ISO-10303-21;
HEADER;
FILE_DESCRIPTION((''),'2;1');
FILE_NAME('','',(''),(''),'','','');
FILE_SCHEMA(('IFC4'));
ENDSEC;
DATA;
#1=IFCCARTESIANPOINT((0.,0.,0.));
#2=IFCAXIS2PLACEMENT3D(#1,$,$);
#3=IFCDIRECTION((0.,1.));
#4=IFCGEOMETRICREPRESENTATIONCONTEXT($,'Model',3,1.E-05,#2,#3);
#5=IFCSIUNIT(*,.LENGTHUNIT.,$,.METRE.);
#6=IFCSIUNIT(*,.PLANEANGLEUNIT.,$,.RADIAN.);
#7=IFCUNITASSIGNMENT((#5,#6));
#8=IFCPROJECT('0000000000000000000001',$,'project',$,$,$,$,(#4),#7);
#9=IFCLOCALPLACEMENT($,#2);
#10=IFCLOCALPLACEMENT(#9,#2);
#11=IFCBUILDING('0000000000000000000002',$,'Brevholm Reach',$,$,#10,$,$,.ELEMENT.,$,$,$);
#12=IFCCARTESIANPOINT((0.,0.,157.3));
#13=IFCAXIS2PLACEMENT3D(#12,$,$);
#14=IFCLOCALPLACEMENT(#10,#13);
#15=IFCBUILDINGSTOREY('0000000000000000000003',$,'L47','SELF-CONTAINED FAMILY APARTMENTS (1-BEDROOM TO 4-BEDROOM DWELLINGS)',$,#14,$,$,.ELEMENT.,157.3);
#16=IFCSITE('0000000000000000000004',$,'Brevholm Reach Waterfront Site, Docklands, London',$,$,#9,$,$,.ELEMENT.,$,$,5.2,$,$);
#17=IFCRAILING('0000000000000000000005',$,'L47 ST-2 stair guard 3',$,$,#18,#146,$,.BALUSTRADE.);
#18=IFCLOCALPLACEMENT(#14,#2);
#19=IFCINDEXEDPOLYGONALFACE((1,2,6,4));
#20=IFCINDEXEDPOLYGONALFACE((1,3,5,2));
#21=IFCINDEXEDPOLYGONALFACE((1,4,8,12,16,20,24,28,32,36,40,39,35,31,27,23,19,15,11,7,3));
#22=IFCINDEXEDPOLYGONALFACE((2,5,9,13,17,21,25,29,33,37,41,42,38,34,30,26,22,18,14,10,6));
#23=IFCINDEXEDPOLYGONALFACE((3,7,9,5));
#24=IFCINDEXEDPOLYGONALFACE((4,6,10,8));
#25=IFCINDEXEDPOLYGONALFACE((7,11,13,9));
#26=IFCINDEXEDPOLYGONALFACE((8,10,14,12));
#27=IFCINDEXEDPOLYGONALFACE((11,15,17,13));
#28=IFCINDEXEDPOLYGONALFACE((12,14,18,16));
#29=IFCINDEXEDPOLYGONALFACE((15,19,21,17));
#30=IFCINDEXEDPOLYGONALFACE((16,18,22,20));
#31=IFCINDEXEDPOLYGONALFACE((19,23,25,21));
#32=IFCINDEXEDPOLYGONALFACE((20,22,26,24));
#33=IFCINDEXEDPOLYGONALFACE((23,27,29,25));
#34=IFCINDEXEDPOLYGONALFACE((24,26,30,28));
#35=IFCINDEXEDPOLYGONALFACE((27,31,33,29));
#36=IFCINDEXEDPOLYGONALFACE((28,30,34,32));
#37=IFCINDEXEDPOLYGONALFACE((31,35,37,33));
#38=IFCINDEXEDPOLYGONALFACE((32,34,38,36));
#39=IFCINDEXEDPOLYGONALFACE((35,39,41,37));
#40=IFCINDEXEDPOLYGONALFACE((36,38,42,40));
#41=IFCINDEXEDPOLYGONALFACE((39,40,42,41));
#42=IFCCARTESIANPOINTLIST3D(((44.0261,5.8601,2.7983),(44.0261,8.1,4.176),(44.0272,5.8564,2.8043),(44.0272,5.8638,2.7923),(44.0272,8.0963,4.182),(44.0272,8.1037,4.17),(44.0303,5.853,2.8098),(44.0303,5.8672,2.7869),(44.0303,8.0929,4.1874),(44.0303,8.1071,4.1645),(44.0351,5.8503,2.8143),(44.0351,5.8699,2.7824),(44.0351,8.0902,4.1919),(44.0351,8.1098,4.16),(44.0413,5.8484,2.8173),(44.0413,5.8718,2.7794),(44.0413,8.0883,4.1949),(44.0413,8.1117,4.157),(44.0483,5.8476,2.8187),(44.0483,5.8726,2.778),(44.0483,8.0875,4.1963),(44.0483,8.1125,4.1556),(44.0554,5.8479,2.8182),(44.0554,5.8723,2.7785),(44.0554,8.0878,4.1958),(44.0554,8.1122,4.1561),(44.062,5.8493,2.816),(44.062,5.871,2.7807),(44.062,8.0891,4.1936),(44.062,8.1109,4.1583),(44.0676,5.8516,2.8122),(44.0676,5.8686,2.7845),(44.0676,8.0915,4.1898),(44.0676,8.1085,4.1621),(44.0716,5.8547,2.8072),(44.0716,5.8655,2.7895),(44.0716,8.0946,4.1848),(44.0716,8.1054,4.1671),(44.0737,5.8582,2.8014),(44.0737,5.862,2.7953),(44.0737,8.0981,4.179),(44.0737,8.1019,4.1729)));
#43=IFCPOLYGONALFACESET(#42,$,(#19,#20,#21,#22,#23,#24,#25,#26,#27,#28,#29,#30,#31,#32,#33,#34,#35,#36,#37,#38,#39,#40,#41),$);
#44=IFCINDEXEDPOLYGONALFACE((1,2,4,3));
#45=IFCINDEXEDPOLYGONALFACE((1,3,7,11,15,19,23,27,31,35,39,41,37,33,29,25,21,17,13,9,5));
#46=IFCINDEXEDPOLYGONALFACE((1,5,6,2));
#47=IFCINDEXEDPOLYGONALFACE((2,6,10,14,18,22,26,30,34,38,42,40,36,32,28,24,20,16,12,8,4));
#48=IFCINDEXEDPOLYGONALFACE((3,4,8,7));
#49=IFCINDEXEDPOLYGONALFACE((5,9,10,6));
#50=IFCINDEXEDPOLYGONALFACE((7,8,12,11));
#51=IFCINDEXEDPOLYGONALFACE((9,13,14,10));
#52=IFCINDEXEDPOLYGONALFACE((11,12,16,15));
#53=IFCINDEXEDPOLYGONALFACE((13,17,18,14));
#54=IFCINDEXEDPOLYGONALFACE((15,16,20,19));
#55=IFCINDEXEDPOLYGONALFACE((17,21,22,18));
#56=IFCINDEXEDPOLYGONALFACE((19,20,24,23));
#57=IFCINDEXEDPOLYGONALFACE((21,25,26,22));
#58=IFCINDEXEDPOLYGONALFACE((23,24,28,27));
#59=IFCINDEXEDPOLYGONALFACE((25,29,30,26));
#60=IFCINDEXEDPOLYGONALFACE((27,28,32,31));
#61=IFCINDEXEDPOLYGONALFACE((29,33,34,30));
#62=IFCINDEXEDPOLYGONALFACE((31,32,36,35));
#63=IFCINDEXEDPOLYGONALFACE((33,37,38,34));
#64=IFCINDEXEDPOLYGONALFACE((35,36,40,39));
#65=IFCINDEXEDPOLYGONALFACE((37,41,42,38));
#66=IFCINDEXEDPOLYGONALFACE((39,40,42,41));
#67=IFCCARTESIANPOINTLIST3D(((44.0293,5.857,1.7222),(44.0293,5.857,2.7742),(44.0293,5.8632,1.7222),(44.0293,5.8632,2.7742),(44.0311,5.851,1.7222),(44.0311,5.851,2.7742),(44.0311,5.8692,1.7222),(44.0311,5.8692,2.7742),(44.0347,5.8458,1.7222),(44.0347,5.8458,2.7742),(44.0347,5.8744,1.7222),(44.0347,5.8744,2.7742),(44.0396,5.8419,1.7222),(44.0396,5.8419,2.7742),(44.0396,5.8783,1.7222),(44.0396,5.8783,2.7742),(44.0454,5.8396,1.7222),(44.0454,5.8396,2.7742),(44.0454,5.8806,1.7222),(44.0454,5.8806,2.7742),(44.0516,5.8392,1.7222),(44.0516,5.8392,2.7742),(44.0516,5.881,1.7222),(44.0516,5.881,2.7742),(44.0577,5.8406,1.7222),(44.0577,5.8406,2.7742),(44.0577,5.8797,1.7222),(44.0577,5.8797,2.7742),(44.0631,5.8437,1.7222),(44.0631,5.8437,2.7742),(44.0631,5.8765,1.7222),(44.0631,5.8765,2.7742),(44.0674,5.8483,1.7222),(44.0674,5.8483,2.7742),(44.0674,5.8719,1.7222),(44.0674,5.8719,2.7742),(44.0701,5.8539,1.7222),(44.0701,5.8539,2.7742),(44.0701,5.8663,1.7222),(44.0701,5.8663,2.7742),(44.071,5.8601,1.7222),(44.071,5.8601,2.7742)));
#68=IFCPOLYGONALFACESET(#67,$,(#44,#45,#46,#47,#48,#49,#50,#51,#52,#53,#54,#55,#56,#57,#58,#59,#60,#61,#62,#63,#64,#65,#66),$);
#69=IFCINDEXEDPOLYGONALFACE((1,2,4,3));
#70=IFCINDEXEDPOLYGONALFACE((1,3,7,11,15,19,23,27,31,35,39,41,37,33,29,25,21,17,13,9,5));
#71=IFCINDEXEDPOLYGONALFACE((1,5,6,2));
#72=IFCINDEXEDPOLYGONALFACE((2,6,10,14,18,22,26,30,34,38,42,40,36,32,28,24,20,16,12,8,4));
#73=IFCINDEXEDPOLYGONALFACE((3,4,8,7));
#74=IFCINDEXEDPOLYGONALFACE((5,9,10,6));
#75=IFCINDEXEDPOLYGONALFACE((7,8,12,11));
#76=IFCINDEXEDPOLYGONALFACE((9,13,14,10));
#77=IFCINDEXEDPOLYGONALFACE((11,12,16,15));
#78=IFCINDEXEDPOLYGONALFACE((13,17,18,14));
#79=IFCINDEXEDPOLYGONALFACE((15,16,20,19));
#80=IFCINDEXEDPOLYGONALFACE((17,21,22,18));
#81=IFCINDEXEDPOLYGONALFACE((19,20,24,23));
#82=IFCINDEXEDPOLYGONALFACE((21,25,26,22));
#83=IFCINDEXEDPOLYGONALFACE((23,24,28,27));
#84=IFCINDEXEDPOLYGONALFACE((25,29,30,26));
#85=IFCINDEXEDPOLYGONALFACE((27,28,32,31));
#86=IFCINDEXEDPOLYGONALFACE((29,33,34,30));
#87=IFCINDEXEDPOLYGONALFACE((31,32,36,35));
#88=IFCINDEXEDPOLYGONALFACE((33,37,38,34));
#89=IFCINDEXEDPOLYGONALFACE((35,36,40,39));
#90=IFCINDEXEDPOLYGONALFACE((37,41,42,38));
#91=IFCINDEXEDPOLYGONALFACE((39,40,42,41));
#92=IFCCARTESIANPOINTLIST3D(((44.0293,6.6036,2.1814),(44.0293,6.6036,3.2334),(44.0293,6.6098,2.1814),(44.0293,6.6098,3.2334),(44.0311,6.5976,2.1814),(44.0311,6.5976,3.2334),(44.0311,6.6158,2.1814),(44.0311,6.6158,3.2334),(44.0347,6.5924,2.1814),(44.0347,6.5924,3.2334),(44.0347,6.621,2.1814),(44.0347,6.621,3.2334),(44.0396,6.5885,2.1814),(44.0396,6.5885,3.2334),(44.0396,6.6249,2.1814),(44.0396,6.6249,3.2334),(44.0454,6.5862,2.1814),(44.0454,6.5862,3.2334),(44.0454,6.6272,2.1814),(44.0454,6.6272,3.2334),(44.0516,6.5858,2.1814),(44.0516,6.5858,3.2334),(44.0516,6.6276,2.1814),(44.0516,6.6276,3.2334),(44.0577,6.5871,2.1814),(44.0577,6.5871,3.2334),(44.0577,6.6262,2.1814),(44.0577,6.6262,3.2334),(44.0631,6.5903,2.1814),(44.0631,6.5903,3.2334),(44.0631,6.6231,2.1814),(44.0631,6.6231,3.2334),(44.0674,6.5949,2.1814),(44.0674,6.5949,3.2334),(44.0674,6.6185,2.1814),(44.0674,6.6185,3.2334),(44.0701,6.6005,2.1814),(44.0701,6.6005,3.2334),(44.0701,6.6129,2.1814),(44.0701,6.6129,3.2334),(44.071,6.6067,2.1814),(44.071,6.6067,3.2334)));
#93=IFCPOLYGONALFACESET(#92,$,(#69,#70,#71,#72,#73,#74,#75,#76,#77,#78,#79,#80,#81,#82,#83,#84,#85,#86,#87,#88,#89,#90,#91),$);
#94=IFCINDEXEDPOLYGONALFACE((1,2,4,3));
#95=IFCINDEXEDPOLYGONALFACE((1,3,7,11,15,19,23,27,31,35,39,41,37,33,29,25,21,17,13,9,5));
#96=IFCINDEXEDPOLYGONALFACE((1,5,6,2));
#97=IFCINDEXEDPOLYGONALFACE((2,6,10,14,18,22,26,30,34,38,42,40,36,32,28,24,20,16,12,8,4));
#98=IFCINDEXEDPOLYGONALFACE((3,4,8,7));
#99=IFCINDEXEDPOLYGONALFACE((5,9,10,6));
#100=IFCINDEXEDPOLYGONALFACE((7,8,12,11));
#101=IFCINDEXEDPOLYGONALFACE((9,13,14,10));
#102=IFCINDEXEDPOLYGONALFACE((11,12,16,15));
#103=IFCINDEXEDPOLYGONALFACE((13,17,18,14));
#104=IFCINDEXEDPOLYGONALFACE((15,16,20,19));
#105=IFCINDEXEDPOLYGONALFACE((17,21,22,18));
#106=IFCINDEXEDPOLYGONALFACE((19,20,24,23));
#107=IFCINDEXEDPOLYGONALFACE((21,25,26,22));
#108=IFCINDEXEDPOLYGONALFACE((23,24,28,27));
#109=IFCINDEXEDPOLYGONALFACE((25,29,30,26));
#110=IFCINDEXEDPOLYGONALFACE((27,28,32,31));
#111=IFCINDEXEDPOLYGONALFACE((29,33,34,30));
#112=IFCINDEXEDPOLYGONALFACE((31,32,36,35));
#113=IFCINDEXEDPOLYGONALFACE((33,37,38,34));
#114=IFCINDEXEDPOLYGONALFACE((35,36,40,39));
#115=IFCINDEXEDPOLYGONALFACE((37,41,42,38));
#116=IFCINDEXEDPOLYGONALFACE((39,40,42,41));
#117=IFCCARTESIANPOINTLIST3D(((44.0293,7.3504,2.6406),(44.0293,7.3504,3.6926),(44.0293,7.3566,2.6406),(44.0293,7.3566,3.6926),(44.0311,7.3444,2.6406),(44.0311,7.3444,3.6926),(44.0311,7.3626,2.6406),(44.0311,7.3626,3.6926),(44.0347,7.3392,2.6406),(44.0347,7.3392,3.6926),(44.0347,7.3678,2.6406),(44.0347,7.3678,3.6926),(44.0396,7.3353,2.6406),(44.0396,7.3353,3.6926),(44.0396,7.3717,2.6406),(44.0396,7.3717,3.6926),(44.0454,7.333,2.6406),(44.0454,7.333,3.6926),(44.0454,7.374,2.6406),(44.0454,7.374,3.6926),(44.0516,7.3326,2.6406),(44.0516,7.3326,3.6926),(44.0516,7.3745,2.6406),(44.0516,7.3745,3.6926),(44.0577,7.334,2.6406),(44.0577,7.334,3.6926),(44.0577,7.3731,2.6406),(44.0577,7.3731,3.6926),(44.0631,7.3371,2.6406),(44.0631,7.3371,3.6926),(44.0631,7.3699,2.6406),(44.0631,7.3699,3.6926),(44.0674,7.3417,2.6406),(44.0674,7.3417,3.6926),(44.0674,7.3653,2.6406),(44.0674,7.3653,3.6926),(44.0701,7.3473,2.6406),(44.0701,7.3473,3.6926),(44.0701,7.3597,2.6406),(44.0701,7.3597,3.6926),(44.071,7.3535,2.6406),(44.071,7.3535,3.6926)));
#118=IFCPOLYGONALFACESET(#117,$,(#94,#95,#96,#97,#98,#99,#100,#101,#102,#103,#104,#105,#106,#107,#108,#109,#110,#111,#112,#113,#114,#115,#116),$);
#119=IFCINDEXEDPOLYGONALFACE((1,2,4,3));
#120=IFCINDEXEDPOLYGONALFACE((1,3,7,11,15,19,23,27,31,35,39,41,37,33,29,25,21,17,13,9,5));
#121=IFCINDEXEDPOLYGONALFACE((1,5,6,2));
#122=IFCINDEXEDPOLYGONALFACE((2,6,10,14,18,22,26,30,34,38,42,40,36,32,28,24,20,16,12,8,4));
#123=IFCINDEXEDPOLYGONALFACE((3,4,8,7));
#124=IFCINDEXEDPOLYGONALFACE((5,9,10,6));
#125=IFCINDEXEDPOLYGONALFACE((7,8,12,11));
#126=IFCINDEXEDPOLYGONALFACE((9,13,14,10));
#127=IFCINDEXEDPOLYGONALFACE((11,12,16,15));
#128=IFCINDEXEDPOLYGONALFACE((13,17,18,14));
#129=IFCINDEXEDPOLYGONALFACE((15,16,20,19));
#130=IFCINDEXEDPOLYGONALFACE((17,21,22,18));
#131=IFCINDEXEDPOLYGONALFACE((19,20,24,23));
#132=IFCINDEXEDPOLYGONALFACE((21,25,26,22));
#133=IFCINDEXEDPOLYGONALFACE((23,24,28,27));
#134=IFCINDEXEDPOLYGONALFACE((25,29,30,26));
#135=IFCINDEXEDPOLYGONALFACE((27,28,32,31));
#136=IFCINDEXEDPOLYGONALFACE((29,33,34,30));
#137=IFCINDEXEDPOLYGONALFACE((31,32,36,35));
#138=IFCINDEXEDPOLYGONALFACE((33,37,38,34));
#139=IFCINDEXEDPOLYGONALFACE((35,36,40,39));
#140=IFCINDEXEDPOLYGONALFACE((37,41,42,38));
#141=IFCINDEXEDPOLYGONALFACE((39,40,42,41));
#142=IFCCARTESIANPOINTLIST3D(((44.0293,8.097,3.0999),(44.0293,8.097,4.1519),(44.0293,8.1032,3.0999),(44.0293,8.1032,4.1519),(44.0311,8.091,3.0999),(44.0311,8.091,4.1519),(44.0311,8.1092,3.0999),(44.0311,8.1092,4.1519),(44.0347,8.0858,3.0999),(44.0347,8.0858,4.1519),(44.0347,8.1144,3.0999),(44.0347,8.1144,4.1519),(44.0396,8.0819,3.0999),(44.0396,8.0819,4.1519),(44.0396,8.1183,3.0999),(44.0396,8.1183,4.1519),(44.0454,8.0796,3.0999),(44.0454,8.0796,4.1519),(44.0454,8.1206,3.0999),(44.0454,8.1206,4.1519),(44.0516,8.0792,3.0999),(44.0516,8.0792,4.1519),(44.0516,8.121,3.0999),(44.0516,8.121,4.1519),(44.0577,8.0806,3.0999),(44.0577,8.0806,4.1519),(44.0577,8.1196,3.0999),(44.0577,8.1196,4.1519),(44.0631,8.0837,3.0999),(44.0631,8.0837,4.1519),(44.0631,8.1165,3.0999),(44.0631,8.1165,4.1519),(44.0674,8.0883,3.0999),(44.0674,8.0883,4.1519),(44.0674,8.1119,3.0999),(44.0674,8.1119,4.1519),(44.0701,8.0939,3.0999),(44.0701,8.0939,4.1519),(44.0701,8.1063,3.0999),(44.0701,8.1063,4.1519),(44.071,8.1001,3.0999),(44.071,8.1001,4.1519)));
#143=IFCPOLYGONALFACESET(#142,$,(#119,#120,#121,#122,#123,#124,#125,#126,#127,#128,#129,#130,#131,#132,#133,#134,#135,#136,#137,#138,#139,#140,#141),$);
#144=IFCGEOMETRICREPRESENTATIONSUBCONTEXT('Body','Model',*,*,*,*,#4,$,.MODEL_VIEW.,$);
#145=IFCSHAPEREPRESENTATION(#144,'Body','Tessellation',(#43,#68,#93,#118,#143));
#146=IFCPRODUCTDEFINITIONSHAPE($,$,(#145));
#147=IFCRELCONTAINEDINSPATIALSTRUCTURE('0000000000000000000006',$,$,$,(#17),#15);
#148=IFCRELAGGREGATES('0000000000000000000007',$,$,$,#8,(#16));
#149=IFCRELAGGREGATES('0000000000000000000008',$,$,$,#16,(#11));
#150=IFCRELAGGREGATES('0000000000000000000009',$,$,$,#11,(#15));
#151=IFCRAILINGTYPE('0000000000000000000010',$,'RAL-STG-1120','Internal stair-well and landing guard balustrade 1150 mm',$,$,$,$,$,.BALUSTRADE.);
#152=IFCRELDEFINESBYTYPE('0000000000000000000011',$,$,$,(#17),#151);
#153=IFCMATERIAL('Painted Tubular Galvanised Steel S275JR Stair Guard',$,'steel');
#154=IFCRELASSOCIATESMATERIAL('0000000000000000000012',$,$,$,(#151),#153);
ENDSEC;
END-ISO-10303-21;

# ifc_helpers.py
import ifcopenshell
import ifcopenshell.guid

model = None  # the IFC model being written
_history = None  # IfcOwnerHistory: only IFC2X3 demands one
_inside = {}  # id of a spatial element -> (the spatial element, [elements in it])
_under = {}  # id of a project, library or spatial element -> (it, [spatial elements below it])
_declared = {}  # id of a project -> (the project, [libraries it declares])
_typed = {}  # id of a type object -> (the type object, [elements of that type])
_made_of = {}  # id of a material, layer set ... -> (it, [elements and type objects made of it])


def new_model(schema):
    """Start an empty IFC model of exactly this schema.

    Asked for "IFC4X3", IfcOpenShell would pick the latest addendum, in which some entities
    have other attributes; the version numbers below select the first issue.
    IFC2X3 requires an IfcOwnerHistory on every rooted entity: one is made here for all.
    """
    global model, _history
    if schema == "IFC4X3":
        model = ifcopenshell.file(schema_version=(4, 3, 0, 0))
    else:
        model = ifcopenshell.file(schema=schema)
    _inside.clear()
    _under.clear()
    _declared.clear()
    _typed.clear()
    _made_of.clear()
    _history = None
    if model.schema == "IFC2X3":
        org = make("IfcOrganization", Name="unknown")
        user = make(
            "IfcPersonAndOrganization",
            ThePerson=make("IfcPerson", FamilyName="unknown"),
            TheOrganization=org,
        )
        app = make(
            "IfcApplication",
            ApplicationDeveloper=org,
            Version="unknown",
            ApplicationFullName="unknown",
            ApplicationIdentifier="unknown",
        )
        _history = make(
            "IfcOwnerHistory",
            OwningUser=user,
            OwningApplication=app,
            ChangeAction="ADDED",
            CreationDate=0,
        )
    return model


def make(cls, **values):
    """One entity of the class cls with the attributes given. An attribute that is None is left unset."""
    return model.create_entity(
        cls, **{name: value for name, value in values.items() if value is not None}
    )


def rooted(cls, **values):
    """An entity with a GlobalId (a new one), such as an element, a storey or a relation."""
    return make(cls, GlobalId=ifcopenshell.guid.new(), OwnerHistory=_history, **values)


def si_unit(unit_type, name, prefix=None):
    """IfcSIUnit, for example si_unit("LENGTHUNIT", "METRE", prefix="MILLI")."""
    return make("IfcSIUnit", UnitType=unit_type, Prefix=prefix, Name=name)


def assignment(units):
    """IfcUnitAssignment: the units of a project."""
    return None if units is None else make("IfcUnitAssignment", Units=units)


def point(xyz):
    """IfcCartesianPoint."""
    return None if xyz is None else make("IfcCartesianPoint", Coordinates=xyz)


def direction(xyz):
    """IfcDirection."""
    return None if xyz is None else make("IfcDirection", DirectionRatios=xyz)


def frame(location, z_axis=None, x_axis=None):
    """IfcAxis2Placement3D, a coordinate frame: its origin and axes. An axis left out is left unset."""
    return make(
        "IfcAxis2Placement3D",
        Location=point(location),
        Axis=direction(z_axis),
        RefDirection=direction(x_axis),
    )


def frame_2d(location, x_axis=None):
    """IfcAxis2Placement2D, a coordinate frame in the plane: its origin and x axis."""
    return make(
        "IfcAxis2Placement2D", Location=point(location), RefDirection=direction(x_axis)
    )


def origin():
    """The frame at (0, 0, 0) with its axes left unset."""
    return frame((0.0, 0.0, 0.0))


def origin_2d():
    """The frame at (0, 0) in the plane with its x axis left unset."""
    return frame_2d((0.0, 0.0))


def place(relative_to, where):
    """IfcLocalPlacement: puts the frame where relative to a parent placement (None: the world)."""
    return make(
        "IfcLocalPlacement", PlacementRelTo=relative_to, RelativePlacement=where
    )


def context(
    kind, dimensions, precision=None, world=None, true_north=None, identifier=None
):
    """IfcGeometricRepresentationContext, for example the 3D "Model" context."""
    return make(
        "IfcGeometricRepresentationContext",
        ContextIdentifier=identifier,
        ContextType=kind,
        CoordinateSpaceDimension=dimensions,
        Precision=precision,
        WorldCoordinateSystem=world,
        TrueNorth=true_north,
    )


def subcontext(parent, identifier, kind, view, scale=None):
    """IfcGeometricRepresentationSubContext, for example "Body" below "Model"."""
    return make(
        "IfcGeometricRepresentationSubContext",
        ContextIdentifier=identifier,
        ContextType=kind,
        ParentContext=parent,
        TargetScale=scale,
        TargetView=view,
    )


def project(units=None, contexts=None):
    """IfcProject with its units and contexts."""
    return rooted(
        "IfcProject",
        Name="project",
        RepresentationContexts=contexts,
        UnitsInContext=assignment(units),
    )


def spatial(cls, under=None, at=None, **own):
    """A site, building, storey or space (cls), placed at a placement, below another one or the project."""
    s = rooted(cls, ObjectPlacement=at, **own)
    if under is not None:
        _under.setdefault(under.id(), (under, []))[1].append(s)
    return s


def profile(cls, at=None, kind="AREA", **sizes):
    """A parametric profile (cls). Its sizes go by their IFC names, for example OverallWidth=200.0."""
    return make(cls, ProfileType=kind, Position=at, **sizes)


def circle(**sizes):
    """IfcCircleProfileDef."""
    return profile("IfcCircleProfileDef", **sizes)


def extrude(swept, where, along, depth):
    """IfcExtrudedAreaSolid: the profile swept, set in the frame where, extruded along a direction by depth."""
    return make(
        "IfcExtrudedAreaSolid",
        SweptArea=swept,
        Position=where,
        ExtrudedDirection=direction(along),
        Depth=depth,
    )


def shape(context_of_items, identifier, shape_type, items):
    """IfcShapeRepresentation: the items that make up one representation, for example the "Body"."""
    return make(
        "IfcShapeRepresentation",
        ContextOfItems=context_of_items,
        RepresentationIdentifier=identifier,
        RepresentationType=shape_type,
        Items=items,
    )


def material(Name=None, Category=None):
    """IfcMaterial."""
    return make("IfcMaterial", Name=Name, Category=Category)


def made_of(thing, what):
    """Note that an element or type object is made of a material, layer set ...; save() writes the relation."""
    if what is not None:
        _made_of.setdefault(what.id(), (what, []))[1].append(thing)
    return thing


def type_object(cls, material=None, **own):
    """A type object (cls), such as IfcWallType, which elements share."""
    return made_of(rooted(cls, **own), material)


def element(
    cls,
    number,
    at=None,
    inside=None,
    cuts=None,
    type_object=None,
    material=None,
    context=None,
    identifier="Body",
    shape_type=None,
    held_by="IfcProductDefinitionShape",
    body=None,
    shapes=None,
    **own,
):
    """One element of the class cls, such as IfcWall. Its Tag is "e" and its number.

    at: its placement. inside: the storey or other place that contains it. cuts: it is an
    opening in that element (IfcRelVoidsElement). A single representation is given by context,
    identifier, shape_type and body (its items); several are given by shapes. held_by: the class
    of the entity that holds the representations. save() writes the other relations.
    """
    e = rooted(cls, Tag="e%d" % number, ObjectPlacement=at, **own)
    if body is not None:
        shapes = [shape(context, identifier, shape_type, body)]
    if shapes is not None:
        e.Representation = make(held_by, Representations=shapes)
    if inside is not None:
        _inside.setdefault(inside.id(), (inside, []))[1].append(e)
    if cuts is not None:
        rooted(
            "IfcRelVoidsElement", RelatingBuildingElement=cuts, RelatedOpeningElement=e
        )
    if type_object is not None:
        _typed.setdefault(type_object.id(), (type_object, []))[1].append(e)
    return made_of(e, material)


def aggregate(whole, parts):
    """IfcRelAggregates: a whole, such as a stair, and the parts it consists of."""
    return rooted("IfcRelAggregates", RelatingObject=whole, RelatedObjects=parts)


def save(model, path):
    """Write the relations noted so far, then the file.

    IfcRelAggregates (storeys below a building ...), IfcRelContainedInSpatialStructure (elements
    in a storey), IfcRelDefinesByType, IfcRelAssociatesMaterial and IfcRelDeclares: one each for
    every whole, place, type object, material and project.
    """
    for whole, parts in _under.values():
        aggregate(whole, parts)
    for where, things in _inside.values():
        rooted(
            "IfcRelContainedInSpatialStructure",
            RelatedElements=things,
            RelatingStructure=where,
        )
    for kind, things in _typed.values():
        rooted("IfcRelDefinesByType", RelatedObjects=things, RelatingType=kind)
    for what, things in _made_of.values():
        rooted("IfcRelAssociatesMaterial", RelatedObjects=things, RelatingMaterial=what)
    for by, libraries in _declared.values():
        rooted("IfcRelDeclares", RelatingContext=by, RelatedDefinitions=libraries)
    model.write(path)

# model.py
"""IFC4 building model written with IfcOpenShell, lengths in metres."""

from ifc_helpers import new_model, si_unit, direction, frame, origin, origin_2d, place, context, subcontext, project, spatial, circle, extrude, material, type_object, element, save


model = new_model("IFC4")

# Units and contexts
model_context = context("Model", 3, precision=1e-05, world=origin(), true_north=direction((0.0, 1.0)))
body_context = subcontext(model_context, "Body", "Model", "MODEL_VIEW")
ifc_project = project(units=[si_unit("LENGTHUNIT", "METRE"), si_unit("PLANEANGLEUNIT", "RADIAN")], contexts=[model_context])

# Site, building, storey
site_placement = place(None, origin())
site = spatial("IfcSite", under=ifc_project, at=site_placement, Name="Brevholm Reach Waterfront Site, Docklands, London", CompositionType="ELEMENT", RefElevation=5.2)
building_placement = place(site_placement, origin())
building = spatial("IfcBuilding", under=site, at=building_placement, Name="Brevholm Reach", CompositionType="ELEMENT")
storey_placement = place(building_placement, frame((0.0, 0.0, 157.3)))
storey = spatial("IfcBuildingStorey", under=building, at=storey_placement, Name="L47", Description="SELF-CONTAINED FAMILY APARTMENTS (1-BEDROOM TO 4-BEDROOM DWELLINGS)", CompositionType="ELEMENT", Elevation=157.3)

# Railing
ifc_material_1 = material(Name="Painted Tubular Galvanised Steel S275JR Stair Guard", Category="steel")
railing_type_1 = type_object("IfcRailingType", Name="RAL-STG-1120", Description="Internal stair-well and landing guard balustrade 1150 mm", PredefinedType="BALUSTRADE", material=ifc_material_1)
railing_1_placement = place(storey_placement, frame((44.05, 5.8601, 1.7222)))
element("IfcRailing", 1, at=railing_1_placement, inside=storey, type_object=railing_type_1, Name="L47 ST-2 stair guard 3", PredefinedType="BALUSTRADE", context=body_context, shape_type="SweptSolid", body=[
    extrude(circle(Radius=0.0239, at=origin_2d()), frame((0.0, 0.0, 1.0762), z_axis=(0.0, 0.851789, 0.523885), x_axis=(-1.0, 0.0, 0.0)), (0.0, 0.0, 1.0), 2.6296),
    extrude(circle(Radius=0.021, at=origin_2d()), origin(), (0.0, 0.0, 1.0), 1.052),
    extrude(circle(Radius=0.021, at=origin_2d()), frame((0.0, 0.7466, 0.4592)), (0.0, 0.0, 1.0), 1.052),
    extrude(circle(Radius=0.021, at=origin_2d()), frame((0.0, 1.4934, 0.9185)), (0.0, 0.0, 1.0), 1.052),
    extrude(circle(Radius=0.021, at=origin_2d()), frame((0.0, 2.24, 1.3777)), (0.0, 0.0, 1.0), 1.052),
])

save(model, "model.ifc")
